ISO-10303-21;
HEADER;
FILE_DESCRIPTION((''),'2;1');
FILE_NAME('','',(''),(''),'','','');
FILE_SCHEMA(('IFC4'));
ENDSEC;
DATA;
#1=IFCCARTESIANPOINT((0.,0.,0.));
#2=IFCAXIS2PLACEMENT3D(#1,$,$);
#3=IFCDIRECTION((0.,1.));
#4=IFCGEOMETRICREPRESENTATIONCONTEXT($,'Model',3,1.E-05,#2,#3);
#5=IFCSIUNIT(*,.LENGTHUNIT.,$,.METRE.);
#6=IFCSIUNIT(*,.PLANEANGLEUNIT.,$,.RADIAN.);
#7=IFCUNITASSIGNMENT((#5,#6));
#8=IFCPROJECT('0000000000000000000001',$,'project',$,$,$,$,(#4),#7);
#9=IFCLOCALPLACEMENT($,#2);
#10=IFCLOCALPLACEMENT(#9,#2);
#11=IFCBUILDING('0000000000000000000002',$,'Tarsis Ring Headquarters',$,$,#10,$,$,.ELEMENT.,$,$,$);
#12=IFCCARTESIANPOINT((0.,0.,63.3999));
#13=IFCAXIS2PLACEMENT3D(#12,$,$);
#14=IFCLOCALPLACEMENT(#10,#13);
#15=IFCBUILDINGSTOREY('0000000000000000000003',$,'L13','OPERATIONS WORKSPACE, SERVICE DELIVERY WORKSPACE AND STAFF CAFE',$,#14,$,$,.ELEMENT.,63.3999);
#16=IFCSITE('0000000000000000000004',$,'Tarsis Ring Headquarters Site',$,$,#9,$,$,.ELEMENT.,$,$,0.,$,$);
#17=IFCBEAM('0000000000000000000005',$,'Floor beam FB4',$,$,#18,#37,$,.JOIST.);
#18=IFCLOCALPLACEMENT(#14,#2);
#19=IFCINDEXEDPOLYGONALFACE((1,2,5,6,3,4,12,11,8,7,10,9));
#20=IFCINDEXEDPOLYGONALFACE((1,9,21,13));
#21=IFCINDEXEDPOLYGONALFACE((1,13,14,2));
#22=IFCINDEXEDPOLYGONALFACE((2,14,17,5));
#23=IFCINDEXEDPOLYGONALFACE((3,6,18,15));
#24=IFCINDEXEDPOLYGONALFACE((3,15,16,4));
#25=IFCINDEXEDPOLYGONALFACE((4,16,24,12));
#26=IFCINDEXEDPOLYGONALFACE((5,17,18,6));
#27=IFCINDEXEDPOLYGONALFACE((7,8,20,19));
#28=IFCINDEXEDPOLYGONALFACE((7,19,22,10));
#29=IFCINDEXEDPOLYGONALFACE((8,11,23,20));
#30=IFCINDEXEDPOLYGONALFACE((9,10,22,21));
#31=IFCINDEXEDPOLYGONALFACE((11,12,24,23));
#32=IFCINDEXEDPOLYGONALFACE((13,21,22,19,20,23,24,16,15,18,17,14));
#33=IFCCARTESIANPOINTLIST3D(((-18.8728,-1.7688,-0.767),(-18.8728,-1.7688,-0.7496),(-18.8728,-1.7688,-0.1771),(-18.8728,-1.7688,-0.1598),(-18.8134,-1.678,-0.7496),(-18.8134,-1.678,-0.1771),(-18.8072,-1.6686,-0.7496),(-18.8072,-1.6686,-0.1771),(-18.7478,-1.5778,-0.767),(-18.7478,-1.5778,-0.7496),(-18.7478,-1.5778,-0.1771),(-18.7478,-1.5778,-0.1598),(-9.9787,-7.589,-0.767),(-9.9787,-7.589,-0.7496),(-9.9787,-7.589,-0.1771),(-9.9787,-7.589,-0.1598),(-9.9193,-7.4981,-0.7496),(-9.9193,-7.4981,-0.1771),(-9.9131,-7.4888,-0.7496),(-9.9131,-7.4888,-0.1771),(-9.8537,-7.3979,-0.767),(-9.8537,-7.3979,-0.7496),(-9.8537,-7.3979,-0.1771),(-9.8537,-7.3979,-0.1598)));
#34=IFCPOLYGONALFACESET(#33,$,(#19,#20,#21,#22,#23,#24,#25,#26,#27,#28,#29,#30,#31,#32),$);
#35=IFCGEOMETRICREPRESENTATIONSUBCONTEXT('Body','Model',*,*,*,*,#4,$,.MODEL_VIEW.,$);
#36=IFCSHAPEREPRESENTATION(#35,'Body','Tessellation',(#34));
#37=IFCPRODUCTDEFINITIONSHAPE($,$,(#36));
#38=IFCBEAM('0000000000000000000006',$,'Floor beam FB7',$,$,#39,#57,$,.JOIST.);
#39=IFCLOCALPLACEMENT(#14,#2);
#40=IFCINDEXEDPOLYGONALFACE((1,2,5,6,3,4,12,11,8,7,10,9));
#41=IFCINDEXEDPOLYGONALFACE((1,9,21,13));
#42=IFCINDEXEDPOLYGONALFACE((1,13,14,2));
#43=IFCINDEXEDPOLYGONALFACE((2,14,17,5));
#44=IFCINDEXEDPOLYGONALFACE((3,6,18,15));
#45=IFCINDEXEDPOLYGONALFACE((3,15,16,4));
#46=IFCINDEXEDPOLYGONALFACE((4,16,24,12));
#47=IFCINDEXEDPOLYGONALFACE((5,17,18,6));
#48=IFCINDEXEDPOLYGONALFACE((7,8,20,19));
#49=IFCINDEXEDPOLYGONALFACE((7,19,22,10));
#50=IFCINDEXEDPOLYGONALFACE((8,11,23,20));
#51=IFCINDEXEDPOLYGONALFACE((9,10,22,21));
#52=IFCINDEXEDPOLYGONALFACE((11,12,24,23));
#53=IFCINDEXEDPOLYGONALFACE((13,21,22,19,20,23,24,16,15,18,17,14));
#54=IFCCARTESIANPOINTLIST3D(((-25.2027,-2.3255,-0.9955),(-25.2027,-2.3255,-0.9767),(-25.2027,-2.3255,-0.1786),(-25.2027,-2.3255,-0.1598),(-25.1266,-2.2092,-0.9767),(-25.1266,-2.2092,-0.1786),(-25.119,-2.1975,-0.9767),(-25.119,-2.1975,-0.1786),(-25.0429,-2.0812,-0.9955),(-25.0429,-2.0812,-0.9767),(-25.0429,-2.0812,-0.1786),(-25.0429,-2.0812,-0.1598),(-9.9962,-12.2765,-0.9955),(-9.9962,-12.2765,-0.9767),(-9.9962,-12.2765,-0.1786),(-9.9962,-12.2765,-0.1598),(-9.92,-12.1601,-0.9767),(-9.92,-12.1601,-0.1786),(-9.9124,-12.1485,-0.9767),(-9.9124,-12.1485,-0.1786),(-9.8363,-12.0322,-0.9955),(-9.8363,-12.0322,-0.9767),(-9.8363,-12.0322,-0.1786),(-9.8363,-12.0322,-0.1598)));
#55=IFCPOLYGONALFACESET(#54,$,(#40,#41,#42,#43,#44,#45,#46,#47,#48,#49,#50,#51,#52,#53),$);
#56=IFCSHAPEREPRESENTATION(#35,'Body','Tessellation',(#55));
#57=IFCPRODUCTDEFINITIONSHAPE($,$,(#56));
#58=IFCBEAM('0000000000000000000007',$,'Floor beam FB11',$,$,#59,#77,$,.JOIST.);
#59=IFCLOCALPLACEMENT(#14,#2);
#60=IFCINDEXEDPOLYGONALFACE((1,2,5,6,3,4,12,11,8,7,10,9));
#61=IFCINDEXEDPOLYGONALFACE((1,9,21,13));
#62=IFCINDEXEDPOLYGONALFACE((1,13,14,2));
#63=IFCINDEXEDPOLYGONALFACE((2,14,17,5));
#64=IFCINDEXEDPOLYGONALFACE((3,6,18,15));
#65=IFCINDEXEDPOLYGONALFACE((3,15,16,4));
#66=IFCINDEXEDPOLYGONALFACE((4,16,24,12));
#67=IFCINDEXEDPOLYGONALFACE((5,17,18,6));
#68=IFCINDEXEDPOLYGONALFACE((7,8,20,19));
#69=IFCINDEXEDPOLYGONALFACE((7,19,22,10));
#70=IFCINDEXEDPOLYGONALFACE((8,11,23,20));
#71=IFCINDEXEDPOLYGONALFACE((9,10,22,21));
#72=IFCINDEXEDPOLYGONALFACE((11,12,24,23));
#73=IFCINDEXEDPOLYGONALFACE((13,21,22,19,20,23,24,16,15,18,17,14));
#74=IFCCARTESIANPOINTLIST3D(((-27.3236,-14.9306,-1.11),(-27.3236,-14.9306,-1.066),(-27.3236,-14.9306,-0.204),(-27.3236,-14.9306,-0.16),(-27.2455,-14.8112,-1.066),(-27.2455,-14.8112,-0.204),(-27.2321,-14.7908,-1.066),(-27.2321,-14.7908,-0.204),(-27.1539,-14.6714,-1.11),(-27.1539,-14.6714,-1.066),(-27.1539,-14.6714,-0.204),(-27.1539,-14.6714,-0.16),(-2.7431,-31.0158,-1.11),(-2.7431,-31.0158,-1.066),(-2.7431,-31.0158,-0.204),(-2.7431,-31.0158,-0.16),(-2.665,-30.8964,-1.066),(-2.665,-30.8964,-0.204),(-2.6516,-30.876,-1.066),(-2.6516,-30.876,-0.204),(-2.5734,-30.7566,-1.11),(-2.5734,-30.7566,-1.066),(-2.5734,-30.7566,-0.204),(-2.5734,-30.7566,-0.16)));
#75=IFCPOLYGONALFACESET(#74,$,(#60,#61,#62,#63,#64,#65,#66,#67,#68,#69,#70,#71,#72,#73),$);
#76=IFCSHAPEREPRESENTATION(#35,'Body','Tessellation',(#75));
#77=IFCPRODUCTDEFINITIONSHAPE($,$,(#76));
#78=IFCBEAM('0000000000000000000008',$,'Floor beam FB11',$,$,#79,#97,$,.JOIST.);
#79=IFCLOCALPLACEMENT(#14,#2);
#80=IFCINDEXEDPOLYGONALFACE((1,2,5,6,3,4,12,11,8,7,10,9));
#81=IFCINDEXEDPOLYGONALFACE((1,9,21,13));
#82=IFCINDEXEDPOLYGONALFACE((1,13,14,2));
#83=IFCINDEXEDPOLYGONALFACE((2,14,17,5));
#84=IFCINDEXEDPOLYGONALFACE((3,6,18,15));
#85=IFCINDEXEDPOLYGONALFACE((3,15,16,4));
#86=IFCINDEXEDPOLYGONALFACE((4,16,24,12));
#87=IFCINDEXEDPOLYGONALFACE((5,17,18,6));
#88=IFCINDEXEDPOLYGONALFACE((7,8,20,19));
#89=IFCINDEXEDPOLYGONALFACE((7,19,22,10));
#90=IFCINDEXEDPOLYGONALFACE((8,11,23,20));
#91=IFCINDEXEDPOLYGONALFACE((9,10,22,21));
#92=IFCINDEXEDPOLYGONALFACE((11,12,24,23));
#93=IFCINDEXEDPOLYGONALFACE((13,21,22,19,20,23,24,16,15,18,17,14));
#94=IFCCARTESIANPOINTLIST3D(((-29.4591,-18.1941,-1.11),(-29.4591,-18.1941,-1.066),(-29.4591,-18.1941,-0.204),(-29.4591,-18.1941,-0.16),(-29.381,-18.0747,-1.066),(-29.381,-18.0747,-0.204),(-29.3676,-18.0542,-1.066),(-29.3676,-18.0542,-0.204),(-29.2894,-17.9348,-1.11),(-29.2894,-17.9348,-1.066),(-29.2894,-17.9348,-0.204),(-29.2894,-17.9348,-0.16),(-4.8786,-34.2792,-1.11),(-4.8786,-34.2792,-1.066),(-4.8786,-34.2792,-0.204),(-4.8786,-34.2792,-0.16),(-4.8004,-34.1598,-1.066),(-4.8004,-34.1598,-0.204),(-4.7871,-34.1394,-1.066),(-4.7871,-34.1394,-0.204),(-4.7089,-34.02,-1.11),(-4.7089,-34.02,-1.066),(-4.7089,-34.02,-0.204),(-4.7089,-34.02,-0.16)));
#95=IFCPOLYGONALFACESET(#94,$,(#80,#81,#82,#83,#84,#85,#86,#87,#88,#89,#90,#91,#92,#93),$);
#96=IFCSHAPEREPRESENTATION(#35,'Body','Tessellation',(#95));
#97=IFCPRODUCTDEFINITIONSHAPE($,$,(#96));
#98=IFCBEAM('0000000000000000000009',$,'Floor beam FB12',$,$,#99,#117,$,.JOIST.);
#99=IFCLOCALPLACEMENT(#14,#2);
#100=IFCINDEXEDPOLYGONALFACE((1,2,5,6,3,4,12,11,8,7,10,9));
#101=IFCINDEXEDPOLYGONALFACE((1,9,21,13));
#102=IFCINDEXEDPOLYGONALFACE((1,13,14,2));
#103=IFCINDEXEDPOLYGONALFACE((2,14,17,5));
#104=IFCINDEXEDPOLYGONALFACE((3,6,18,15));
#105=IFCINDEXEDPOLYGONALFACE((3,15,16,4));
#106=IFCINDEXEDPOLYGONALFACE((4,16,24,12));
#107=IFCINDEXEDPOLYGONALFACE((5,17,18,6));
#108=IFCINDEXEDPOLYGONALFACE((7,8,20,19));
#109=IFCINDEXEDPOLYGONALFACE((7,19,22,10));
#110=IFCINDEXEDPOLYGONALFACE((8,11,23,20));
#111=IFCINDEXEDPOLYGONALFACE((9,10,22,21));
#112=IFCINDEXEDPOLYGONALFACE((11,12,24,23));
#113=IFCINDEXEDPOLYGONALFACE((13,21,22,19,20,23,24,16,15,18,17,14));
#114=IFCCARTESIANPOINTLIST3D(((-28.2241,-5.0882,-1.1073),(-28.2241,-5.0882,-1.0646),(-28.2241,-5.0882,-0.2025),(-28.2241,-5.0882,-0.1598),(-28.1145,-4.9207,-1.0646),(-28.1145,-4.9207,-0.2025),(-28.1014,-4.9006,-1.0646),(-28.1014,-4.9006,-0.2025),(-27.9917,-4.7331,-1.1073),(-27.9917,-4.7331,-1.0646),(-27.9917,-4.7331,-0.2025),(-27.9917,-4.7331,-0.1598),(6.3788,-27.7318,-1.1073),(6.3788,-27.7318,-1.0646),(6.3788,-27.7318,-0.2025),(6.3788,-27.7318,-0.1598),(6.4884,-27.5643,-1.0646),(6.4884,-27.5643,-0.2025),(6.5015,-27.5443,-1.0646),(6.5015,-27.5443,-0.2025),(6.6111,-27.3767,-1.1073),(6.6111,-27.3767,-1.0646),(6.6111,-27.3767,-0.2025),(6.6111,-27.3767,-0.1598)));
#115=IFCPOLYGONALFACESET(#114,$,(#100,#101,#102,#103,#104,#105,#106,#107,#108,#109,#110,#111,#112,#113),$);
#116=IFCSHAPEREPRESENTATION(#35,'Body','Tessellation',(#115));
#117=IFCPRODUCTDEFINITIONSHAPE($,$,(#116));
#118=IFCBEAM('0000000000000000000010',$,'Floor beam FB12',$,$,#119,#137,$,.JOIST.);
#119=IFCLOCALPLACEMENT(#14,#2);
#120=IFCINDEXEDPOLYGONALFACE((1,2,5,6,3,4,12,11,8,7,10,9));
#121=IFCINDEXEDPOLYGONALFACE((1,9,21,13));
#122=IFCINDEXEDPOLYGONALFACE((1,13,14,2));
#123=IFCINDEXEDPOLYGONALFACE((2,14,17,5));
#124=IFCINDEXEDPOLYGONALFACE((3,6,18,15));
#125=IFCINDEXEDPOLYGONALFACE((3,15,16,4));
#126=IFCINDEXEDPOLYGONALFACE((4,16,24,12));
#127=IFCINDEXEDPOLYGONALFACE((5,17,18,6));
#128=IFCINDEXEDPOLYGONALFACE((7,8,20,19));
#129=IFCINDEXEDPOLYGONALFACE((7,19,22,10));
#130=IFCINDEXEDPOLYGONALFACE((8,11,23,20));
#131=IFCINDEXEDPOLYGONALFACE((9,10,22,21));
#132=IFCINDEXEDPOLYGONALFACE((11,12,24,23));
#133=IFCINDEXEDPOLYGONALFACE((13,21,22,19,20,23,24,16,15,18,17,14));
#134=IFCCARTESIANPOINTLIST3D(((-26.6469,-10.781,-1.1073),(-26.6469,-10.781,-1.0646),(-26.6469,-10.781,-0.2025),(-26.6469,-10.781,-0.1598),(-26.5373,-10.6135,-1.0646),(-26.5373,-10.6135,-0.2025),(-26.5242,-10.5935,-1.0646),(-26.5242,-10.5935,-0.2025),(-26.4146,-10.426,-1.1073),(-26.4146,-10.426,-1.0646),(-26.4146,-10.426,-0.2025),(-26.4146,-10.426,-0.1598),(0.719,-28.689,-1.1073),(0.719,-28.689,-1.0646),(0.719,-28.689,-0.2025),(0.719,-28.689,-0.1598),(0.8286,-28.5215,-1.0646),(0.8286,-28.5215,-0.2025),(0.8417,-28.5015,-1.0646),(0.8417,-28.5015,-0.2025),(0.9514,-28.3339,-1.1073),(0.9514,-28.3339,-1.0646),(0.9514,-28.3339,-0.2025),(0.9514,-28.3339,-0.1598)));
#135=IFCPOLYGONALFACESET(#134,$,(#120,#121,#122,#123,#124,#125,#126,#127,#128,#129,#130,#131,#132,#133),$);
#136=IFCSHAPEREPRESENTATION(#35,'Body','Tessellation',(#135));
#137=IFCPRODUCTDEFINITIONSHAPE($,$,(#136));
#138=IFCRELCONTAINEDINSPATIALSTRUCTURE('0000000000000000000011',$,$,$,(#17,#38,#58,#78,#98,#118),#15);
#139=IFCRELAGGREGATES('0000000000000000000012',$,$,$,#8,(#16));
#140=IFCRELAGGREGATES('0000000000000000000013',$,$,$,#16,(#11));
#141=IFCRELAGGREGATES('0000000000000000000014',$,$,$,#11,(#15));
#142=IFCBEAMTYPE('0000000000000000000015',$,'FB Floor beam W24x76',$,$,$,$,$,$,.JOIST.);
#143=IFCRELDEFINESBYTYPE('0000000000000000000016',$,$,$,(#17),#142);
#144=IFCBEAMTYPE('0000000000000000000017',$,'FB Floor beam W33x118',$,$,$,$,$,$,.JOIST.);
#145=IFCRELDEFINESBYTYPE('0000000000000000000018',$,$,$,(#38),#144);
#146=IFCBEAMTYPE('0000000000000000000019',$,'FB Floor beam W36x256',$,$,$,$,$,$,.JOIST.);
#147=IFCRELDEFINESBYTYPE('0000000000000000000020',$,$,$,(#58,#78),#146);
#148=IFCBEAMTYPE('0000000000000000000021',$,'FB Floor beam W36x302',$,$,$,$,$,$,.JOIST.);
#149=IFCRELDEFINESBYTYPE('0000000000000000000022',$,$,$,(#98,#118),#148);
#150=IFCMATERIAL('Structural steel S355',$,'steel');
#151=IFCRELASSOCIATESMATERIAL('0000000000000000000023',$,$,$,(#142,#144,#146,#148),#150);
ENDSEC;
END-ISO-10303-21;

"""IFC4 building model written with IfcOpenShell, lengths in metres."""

from ifc_helpers import new_model, si_unit, direction, frame, origin, origin_2d, place, context, subcontext, project, spatial, i_section, extrude, material, material_profile, profile_set, type_object, element, save


model = new_model("IFC4")

# Units and contexts
model_context = context("Model", 3, precision=1e-05, world=origin(), true_north=direction((0.0, 1.0)))
body_context = subcontext(model_context, "Body", "Model", "MODEL_VIEW")
ifc_project = project(units=[si_unit("LENGTHUNIT", "METRE"), si_unit("PLANEANGLEUNIT", "RADIAN")], contexts=[model_context])

# Site, building, storey
site_placement = place(None, origin())
site = spatial("IfcSite", under=ifc_project, at=site_placement, Name="Tarsis Ring Headquarters Site", CompositionType="ELEMENT", RefElevation=0.0)
building_placement = place(site_placement, origin())
building = spatial("IfcBuilding", under=site, at=building_placement, Name="Tarsis Ring Headquarters", CompositionType="ELEMENT")
storey_placement = place(building_placement, frame((0.0, 0.0, 63.3999)))
storey = spatial("IfcBuildingStorey", under=building, at=storey_placement, Name="L13", Description="OPERATIONS WORKSPACE, SERVICE DELIVERY WORKSPACE AND STAFF CAFE", CompositionType="ELEMENT", Elevation=63.3999)

# Beams
ifc_material_1 = material(Name="Structural steel S355", Category="steel")
ifc_material_profile_1 = material_profile(ifc_material_1, i_section(OverallWidth=0.2283, OverallDepth=0.6072, WebThickness=0.0112, FlangeThickness=0.0173, at=origin_2d()), Name="W24x76")
ifc_profile_set_1 = profile_set([ifc_material_profile_1], Name="Structural steel S355")
beam_type_1 = type_object("IfcBeamType", Name="FB Floor beam W24x76", PredefinedType="JOIST", material=ifc_profile_set_1)
beam_1_placement = place(storey_placement, frame((-18.8103, -1.6733, -0.4634), z_axis=(0.836766, -0.547561, 0.0), x_axis=(0.547561, 0.836766, 0.0)))
element("IfcBeam", 1, at=beam_1_placement, inside=storey, type_object=beam_type_1, Name="Floor beam FB4", PredefinedType="JOIST", context=body_context, shape_type="SweptSolid", body=[
    extrude(i_section(OverallWidth=0.2283, OverallDepth=0.6072, WebThickness=0.0112, FlangeThickness=0.0173, at=origin_2d()), origin(), (0.0, 0.0, 1.0), 10.6292),
])
ifc_material_profile_2 = material_profile(ifc_material_1, i_section(OverallWidth=0.292, OverallDepth=0.8357, WebThickness=0.0139, FlangeThickness=0.0188, at=origin_2d()), Name="W33x118")
ifc_profile_set_2 = profile_set([ifc_material_profile_2], Name="Structural steel S355")
beam_type_2 = type_object("IfcBeamType", Name="FB Floor beam W33x118", PredefinedType="JOIST", material=ifc_profile_set_2)
beam_2_placement = place(storey_placement, frame((-25.1228, -2.2034, -0.5776), z_axis=(0.836763, -0.547565, 0.0), x_axis=(0.547565, 0.836763, 0.0)))
element("IfcBeam", 2, at=beam_2_placement, inside=storey, type_object=beam_type_2, Name="Floor beam FB7", PredefinedType="JOIST", context=body_context, shape_type="SweptSolid", body=[
    extrude(i_section(OverallWidth=0.292, OverallDepth=0.8357, WebThickness=0.0139, FlangeThickness=0.0188, at=origin_2d()), origin(), (0.0, 0.0, 1.0), 18.1731),
])
ifc_material_profile_3 = material_profile(ifc_material_1, i_section(OverallWidth=0.3098, OverallDepth=0.95, WebThickness=0.0244, FlangeThickness=0.0439, at=origin_2d()), Name="W36x256")
ifc_profile_set_3 = profile_set([ifc_material_profile_3], Name="Structural steel S355")
beam_type_3 = type_object("IfcBeamType", Name="FB Floor beam W36x256", PredefinedType="JOIST", material=ifc_profile_set_3)
for number, where, z_axis, x_axis, name in (
    (3, (-27.2388, -14.801, -0.635), (0.836762, -0.547566, 0.0), (0.547566, 0.836762, 0.0), "Floor beam FB11"),
    (4, (-29.3743, -18.0645, -0.635), (0.836762, -0.547566, 0.0), (0.547566, 0.836762, 0.0), "Floor beam FB11"),
):
    element("IfcBeam", number, at=place(storey_placement, frame(where, z_axis=z_axis, x_axis=x_axis)), inside=storey, type_object=beam_type_3, Name=name, PredefinedType="JOIST", context=body_context, shape_type="SweptSolid", body=[
        extrude(i_section(OverallWidth=0.3098, OverallDepth=0.95, WebThickness=0.0244, FlangeThickness=0.0439, at=origin_2d()), origin(), (0.0, 0.0, 1.0), 29.3757),
    ])
ifc_material_profile_4 = material_profile(ifc_material_1, i_section(OverallWidth=0.4243, OverallDepth=0.9475, WebThickness=0.0239, FlangeThickness=0.0427, at=origin_2d()), Name="W36x302")
ifc_profile_set_4 = profile_set([ifc_material_profile_4], Name="Structural steel S355")
beam_type_4 = type_object("IfcBeamType", Name="FB Floor beam W36x302", PredefinedType="JOIST", material=ifc_profile_set_4)
beam_3_placement = place(storey_placement, frame((-28.1079, -4.9106, -0.6335), z_axis=(0.836763, -0.547565, 0.0), x_axis=(0.547565, 0.836763, 0.0)))
element("IfcBeam", 5, at=beam_3_placement, inside=storey, type_object=beam_type_4, Name="Floor beam FB12", PredefinedType="JOIST", context=body_context, shape_type="SweptSolid", body=[
    extrude(i_section(OverallWidth=0.4243, OverallDepth=0.9475, WebThickness=0.0239, FlangeThickness=0.0427, at=origin_2d()), origin(), (0.0, 0.0, 1.0), 41.3533),
])
beam_4_placement = place(storey_placement, frame((-26.5308, -10.6035, -0.6335), z_axis=(0.836762, -0.547567, 0.0), x_axis=(0.547567, 0.836762, 0.0)))
element("IfcBeam", 6, at=beam_4_placement, inside=storey, type_object=beam_type_4, Name="Floor beam FB12", PredefinedType="JOIST", context=body_context, shape_type="SweptSolid", body=[
    extrude(i_section(OverallWidth=0.4243, OverallDepth=0.9475, WebThickness=0.0239, FlangeThickness=0.0427, at=origin_2d()), origin(), (0.0, 0.0, 1.0), 32.7046),
])

save(model, "model.ifc")
